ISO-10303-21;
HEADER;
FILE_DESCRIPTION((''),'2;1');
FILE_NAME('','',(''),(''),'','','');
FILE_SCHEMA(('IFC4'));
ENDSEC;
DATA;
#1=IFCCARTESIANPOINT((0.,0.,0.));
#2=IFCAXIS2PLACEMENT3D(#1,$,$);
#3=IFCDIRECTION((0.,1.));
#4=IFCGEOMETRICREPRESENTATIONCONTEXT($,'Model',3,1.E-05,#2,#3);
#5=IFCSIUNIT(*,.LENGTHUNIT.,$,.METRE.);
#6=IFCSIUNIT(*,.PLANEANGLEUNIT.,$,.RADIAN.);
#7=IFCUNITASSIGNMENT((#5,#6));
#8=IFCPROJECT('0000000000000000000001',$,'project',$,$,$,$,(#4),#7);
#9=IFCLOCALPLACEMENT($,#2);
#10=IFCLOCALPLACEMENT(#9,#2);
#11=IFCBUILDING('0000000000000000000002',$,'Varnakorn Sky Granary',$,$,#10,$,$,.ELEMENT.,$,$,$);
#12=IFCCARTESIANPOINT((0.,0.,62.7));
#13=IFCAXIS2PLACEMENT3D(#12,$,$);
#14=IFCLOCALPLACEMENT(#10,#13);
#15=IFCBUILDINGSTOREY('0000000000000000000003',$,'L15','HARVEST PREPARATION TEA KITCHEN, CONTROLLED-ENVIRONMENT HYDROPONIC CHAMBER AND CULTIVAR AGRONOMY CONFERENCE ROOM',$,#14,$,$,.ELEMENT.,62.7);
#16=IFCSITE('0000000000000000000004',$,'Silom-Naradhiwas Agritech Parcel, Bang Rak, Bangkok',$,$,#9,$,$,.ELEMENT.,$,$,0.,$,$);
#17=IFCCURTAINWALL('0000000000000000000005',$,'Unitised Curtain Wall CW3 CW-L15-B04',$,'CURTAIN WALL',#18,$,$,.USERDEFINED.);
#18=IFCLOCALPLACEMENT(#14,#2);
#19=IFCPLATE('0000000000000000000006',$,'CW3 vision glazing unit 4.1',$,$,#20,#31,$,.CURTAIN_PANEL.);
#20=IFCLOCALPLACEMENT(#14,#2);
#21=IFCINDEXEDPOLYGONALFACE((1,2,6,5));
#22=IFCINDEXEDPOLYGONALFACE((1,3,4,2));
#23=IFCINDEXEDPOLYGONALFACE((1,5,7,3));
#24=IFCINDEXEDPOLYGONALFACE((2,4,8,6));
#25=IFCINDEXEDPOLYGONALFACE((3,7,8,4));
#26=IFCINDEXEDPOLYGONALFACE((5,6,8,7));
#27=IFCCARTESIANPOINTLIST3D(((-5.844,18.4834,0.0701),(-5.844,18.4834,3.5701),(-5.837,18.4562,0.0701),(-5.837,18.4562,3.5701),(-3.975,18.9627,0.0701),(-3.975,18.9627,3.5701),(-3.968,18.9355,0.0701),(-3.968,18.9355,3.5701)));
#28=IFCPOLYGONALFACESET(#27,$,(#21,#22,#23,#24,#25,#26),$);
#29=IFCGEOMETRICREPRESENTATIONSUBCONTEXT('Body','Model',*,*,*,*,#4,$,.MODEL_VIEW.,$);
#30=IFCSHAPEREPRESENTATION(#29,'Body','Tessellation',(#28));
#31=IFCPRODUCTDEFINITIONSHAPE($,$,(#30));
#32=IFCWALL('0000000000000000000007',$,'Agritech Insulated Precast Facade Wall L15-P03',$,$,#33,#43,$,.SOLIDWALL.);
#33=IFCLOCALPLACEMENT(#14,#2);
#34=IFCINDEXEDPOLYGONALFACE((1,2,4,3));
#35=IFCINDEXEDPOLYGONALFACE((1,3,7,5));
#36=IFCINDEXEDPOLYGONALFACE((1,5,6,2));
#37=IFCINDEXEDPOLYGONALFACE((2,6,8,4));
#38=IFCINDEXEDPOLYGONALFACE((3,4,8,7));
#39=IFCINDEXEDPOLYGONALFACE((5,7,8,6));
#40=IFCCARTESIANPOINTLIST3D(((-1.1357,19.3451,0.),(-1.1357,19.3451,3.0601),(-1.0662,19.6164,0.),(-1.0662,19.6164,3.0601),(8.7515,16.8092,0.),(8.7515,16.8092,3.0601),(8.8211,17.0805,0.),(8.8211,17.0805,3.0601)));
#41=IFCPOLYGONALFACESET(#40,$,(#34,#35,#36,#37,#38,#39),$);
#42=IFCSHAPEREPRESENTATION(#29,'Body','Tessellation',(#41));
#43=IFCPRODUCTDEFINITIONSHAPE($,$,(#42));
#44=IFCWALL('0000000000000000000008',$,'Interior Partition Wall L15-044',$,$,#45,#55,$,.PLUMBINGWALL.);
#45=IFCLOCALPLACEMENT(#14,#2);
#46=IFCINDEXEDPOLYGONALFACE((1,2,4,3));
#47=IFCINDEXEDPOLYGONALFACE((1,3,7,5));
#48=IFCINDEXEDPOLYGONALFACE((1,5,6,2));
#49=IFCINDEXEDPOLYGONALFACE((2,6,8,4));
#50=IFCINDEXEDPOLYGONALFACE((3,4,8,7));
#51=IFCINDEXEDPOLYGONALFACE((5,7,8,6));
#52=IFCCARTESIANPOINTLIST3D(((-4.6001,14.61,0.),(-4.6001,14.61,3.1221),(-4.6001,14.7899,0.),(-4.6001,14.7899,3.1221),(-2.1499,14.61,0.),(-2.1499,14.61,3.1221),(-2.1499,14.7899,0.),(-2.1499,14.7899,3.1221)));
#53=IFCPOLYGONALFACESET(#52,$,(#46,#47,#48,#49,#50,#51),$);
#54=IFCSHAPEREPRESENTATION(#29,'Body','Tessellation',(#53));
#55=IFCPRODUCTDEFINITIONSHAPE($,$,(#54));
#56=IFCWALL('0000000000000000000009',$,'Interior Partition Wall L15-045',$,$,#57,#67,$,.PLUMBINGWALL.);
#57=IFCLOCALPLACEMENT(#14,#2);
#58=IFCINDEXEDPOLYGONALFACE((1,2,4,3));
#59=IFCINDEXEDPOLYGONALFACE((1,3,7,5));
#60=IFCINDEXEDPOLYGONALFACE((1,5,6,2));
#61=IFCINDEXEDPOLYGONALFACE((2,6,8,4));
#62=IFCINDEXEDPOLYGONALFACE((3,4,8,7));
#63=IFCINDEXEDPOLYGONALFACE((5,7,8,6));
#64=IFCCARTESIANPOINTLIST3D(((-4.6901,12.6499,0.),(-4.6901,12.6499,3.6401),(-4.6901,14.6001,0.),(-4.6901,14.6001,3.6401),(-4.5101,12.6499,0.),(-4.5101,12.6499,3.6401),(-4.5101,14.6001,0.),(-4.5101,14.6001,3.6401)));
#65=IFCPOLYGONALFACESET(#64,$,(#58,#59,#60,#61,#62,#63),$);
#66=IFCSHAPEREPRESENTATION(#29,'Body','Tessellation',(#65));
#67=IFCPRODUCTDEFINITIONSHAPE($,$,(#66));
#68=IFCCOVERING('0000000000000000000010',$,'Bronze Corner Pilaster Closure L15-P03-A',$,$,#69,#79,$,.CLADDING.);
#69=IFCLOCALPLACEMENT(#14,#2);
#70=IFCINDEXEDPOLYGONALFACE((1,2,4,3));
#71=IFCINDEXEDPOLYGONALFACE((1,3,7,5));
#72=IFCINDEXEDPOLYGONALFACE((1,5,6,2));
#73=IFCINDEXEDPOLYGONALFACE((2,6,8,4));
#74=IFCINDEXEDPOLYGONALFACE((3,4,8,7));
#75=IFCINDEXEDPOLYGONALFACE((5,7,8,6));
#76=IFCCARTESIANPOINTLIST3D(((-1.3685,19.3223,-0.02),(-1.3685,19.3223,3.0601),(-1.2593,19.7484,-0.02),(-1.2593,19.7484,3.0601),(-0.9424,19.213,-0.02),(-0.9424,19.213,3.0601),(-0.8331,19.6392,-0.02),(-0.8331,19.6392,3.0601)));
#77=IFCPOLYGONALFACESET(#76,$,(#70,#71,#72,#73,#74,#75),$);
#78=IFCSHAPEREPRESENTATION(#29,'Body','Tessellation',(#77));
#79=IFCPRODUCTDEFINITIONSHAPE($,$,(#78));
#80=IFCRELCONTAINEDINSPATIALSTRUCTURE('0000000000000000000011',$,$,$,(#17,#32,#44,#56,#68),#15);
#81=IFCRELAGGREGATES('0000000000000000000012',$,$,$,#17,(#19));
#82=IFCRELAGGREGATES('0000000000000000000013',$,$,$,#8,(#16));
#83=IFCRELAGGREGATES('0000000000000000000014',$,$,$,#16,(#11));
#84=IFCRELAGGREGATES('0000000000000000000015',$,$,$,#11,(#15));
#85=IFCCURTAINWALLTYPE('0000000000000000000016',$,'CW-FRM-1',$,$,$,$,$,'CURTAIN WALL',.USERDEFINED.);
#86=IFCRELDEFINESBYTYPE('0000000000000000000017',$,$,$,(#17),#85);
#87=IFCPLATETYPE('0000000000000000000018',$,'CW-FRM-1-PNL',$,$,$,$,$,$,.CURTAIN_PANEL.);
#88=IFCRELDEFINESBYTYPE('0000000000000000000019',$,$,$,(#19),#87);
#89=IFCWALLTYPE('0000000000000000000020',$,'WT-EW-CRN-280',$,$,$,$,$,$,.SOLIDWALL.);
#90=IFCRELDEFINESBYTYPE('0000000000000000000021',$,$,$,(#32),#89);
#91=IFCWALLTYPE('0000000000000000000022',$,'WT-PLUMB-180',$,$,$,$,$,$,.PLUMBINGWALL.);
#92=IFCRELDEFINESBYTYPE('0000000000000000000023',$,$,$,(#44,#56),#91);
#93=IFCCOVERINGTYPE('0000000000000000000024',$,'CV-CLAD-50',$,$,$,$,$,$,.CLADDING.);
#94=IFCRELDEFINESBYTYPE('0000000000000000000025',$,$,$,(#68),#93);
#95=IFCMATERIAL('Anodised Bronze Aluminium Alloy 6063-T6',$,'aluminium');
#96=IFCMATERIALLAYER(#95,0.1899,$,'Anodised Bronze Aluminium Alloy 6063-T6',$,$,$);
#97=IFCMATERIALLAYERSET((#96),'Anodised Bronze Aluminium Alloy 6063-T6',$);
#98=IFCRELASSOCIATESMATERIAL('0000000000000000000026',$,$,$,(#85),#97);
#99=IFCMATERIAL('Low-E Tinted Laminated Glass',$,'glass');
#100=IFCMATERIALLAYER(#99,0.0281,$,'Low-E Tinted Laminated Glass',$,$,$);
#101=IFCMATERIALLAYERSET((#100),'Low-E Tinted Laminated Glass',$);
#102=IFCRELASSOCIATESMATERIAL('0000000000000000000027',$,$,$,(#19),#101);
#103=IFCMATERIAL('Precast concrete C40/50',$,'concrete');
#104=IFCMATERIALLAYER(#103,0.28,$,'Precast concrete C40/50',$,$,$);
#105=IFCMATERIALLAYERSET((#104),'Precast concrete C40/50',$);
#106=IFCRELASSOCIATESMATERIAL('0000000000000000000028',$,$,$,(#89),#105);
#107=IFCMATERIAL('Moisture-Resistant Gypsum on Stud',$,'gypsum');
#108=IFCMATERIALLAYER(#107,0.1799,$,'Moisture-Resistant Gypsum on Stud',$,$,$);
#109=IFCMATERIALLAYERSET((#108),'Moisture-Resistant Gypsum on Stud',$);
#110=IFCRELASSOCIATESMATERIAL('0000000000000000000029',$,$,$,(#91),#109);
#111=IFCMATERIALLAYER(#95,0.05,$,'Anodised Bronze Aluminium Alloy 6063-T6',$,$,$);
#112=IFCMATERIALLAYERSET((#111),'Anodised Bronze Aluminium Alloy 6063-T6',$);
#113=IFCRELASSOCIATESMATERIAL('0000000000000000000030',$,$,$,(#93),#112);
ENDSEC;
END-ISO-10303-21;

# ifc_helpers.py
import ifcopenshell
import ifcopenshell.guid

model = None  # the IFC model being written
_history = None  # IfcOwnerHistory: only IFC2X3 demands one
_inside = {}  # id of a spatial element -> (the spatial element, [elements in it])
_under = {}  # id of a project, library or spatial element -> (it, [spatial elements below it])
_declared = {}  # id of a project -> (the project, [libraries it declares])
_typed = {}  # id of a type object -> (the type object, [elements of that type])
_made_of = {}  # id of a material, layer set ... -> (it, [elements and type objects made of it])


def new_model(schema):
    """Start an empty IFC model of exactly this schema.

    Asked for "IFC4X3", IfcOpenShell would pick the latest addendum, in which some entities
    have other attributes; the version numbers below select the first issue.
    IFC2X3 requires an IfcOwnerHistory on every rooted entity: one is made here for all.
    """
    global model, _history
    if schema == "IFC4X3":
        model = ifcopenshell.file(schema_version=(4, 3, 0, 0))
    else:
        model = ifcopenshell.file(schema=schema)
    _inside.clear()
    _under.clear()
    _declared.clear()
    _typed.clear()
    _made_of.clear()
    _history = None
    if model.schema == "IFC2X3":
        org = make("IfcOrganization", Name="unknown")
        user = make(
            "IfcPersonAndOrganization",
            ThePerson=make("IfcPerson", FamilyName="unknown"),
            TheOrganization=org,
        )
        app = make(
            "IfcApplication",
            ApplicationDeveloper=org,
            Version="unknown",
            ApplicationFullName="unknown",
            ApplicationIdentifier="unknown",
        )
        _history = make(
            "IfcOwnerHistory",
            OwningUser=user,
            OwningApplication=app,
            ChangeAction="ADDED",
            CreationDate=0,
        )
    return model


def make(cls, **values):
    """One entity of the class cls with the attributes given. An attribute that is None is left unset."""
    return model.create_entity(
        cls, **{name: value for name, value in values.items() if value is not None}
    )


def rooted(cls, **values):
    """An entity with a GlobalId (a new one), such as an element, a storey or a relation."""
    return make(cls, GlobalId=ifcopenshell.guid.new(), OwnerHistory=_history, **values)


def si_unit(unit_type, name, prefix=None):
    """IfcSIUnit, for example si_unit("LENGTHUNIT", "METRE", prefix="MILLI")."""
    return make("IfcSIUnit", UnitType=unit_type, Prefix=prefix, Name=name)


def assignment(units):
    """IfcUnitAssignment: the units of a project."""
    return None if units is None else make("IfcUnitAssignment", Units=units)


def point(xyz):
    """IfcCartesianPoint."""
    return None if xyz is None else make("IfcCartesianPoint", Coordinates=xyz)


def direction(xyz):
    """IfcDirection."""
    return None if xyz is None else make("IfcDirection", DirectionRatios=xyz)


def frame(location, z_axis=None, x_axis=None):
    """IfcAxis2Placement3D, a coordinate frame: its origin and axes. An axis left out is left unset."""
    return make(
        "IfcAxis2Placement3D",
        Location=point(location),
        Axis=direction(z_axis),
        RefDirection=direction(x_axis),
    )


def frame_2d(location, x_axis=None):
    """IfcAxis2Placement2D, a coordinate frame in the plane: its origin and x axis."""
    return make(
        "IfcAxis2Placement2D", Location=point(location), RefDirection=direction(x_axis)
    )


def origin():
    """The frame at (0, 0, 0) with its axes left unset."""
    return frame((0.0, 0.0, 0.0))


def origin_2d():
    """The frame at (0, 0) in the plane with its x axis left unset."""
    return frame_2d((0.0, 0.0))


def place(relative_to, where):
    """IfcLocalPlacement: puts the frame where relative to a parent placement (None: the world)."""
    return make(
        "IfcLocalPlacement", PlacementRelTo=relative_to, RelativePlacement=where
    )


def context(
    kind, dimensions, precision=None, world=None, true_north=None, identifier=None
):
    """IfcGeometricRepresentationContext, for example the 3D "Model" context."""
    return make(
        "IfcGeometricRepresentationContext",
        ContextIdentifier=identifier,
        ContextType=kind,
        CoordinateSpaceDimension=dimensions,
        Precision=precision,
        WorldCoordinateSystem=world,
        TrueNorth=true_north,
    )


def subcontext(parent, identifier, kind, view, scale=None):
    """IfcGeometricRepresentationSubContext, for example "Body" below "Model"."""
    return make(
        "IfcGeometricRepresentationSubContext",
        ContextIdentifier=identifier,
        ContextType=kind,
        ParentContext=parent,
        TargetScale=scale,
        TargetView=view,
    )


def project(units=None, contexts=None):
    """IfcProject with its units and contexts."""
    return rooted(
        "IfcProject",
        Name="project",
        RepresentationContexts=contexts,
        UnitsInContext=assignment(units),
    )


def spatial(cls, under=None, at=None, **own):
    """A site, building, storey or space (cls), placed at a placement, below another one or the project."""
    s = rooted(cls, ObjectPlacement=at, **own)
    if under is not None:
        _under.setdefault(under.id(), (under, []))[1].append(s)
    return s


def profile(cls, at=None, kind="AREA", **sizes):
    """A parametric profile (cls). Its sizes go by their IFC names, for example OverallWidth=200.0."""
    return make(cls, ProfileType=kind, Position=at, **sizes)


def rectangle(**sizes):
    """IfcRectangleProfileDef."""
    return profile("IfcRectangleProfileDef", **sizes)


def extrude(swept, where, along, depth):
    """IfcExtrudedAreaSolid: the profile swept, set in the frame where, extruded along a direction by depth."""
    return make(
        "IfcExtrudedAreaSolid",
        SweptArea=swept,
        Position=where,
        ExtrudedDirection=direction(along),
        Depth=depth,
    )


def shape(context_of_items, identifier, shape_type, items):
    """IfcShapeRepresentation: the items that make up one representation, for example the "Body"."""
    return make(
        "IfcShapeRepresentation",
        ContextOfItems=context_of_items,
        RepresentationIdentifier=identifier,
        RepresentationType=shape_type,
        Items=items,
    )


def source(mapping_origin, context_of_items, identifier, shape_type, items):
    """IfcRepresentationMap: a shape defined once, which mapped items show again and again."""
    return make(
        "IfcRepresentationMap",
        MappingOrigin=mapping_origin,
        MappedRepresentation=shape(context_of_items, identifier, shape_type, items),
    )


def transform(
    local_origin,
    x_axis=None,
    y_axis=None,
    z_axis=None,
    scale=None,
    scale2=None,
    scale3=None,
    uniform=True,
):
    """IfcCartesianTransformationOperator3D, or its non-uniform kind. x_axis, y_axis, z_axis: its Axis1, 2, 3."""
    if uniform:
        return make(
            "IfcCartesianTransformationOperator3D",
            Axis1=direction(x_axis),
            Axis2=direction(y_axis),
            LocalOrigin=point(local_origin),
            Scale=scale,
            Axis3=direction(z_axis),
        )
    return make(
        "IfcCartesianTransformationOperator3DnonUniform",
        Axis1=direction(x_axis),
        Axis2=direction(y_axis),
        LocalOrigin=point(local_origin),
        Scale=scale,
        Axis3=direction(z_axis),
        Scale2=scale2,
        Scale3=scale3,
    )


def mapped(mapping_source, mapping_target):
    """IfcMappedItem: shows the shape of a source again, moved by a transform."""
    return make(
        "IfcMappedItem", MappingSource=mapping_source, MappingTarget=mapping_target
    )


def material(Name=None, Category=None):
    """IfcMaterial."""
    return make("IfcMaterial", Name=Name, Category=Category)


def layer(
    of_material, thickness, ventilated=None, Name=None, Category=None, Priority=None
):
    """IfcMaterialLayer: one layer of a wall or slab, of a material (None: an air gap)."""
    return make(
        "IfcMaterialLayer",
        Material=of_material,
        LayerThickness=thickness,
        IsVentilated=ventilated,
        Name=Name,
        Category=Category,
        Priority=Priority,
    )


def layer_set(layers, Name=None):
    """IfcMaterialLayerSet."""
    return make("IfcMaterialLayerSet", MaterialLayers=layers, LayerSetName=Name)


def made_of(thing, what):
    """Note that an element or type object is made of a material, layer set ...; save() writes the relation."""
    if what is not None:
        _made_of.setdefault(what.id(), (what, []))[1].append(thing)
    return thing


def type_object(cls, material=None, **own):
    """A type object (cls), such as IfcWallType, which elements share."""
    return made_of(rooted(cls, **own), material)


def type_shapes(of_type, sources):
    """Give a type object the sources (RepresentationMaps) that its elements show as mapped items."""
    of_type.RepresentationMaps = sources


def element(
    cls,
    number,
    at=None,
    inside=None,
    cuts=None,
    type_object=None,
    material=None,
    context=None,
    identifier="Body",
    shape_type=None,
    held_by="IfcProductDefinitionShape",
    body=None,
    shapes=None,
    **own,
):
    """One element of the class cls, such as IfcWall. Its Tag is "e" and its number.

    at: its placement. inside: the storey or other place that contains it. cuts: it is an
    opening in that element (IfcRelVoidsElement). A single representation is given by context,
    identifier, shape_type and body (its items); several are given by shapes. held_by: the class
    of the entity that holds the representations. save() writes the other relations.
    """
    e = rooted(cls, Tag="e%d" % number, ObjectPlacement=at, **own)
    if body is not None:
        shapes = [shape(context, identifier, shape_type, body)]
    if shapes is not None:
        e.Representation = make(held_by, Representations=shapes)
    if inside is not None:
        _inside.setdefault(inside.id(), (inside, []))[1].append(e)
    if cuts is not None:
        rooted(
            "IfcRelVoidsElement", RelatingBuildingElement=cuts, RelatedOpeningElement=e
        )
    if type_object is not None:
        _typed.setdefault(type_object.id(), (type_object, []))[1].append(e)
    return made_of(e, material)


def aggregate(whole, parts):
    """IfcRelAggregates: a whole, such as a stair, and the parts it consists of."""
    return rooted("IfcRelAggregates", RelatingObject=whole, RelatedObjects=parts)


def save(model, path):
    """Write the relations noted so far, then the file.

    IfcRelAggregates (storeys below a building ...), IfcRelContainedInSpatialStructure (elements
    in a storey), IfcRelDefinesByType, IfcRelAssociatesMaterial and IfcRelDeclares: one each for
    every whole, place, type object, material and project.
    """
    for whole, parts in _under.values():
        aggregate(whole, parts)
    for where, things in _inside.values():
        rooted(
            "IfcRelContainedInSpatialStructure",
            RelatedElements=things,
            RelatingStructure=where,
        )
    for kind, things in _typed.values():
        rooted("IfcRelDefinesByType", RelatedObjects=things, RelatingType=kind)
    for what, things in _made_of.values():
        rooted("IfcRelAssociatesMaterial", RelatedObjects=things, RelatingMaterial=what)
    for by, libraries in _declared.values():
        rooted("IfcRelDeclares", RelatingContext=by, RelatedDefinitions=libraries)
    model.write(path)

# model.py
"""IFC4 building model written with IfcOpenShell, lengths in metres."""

from ifc_helpers import new_model, si_unit, direction, frame, frame_2d, origin, origin_2d, place, context, subcontext, project, spatial, rectangle, extrude, source, transform, mapped, material, layer, layer_set, type_object, type_shapes, element, aggregate, save


model = new_model("IFC4")

# Units and contexts
model_context = context("Model", 3, precision=1e-05, world=origin(), true_north=direction((0.0, 1.0)))
body_context = subcontext(model_context, "Body", "Model", "MODEL_VIEW")
ifc_project = project(units=[si_unit("LENGTHUNIT", "METRE"), si_unit("PLANEANGLEUNIT", "RADIAN")], contexts=[model_context])

# Site, building, storey
site_placement = place(None, origin())
site = spatial("IfcSite", under=ifc_project, at=site_placement, Name="Silom-Naradhiwas Agritech Parcel, Bang Rak, Bangkok", CompositionType="ELEMENT", RefElevation=0.0)
building_placement = place(site_placement, origin())
building = spatial("IfcBuilding", under=site, at=building_placement, Name="Varnakorn Sky Granary", CompositionType="ELEMENT")
storey_placement = place(building_placement, frame((0.0, 0.0, 62.7)))
storey = spatial("IfcBuildingStorey", under=building, at=storey_placement, Name="L15", Description="HARVEST PREPARATION TEA KITCHEN, CONTROLLED-ENVIRONMENT HYDROPONIC CHAMBER AND CULTIVAR AGRONOMY CONFERENCE ROOM", CompositionType="ELEMENT", Elevation=62.7)

# Curtain wall, plate
ifc_material_1 = material(Name="Anodised Bronze Aluminium Alloy 6063-T6", Category="aluminium")
ifc_layer_1 = layer(ifc_material_1, 0.1899, Name="Anodised Bronze Aluminium Alloy 6063-T6")
ifc_layer_set_1 = layer_set([ifc_layer_1], Name="Anodised Bronze Aluminium Alloy 6063-T6")
curtain_wall_type = type_object("IfcCurtainWallType", Name="CW-FRM-1", ElementType="CURTAIN WALL", PredefinedType="USERDEFINED", material=ifc_layer_set_1)
curtain_wall_placement = place(storey_placement, origin())
curtain_wall = element("IfcCurtainWall", 1, at=curtain_wall_placement, inside=storey, type_object=curtain_wall_type, Name="Unitised Curtain Wall CW3 CW-L15-B04", ObjectType="CURTAIN WALL", PredefinedType="USERDEFINED")
ifc_material_2 = material(Name="Low-E Tinted Laminated Glass", Category="glass")
ifc_layer_2 = layer(ifc_material_2, 0.0281, Name="Low-E Tinted Laminated Glass")
ifc_layer_set_2 = layer_set([ifc_layer_2], Name="Low-E Tinted Laminated Glass")
plate_type = type_object("IfcPlateType", Name="CW-FRM-1-PNL", PredefinedType="CURTAIN_PANEL")
shared_shape_1 = source(origin(), body_context, "Body", "SweptSolid", [
    extrude(rectangle(XDim=1.9294, YDim=0.0281, at=origin_2d()), origin(), (0.0, 0.0, 1.0), 3.5),
])
plate_1_placement = place(storey_placement, frame((-4.906, 18.7095, 0.0701), z_axis=(0.0, 0.0, 1.0), x_axis=(0.968648, 0.248436, 0.0)))
plate_1 = element("IfcPlate", 2, at=plate_1_placement, type_object=plate_type, material=ifc_layer_set_2, Name="CW3 vision glazing unit 4.1", PredefinedType="CURTAIN_PANEL", context=body_context, shape_type="MappedRepresentation", body=[
    mapped(shared_shape_1, transform((0.0, 0.0, 0.0), x_axis=(1.0, 0.0, 0.0), y_axis=(0.0, 1.0, 0.0), z_axis=(0.0, 0.0, 1.0), scale=1.0)),
])
aggregate(curtain_wall, [plate_1])

# Walls
ifc_material_3 = material(Name="Precast concrete C40/50", Category="concrete")
ifc_layer_3 = layer(ifc_material_3, 0.28, Name="Precast concrete C40/50")
ifc_layer_set_3 = layer_set([ifc_layer_3], Name="Precast concrete C40/50")
wall_type_1 = type_object("IfcWallType", Name="WT-EW-CRN-280", PredefinedType="SOLIDWALL", material=ifc_layer_set_3)
wall_1_placement = place(storey_placement, frame((-1.1008, 19.4807, 0.0), z_axis=(0.0, 0.0, 1.0), x_axis=(0.968647, -0.24844, 0.0)))
element("IfcWall", 3, at=wall_1_placement, inside=storey, type_object=wall_type_1, Name="Agritech Insulated Precast Facade Wall L15-P03", PredefinedType="SOLIDWALL", context=body_context, shape_type="SweptSolid", body=[
    extrude(rectangle(XDim=10.2073, YDim=0.28, at=frame_2d((5.1035, 0.0))), origin(), (0.0, 0.0, 1.0), 3.0601),
])
ifc_material_4 = material(Name="Moisture-Resistant Gypsum on Stud", Category="gypsum")
ifc_layer_4 = layer(ifc_material_4, 0.1799, Name="Moisture-Resistant Gypsum on Stud")
ifc_layer_set_4 = layer_set([ifc_layer_4], Name="Moisture-Resistant Gypsum on Stud")
wall_type_2 = type_object("IfcWallType", Name="WT-PLUMB-180", PredefinedType="PLUMBINGWALL", material=ifc_layer_set_4)
wall_2_placement = place(storey_placement, frame((-2.1499, 14.7, 0.0), z_axis=(0.0, 0.0, 1.0), x_axis=(-1.0, 0.0, 0.0)))
element("IfcWall", 4, at=wall_2_placement, inside=storey, type_object=wall_type_2, Name="Interior Partition Wall L15-044", PredefinedType="PLUMBINGWALL", context=body_context, shape_type="SweptSolid", body=[
    extrude(rectangle(XDim=2.4502, YDim=0.1799, at=frame_2d((1.2251, 0.0))), origin(), (0.0, 0.0, 1.0), 3.1221),
])
wall_3_placement = place(storey_placement, frame((-4.6001, 14.6001, 0.0), z_axis=(0.0, 0.0, 1.0), x_axis=(0.0, -1.0, 0.0)))
element("IfcWall", 5, at=wall_3_placement, inside=storey, type_object=wall_type_2, Name="Interior Partition Wall L15-045", PredefinedType="PLUMBINGWALL", context=body_context, shape_type="SweptSolid", body=[
    extrude(rectangle(XDim=1.9502, YDim=0.1799, at=frame_2d((0.9751, 0.0))), origin(), (0.0, 0.0, 1.0), 3.6401),
])

# Covering
ifc_layer_5 = layer(ifc_material_1, 0.05, Name="Anodised Bronze Aluminium Alloy 6063-T6")
ifc_layer_set_5 = layer_set([ifc_layer_5], Name="Anodised Bronze Aluminium Alloy 6063-T6")
covering_type = type_object("IfcCoveringType", Name="CV-CLAD-50", PredefinedType="CLADDING", material=ifc_layer_set_5)
shared_shape_2 = source(origin(), body_context, "Body", "SweptSolid", [
    extrude(rectangle(XDim=0.4399, YDim=0.4399, at=origin_2d()), origin(), (0.0, 0.0, 1.0), 3.0801),
])
type_shapes(covering_type, [shared_shape_2])
covering_placement = place(storey_placement, frame((-1.1008, 19.4807, -0.02), z_axis=(0.0, 0.0, 1.0), x_axis=(0.96867, -0.248352, 0.0)))
element("IfcCovering", 6, at=covering_placement, inside=storey, type_object=covering_type, Name="Bronze Corner Pilaster Closure L15-P03-A", PredefinedType="CLADDING", context=body_context, shape_type="MappedRepresentation", body=[
    mapped(shared_shape_2, transform((0.0, 0.0, 0.0), x_axis=(1.0, 0.0, 0.0), y_axis=(0.0, 1.0, 0.0), z_axis=(0.0, 0.0, 1.0), scale=1.0)),
])

save(model, "model.ifc")
